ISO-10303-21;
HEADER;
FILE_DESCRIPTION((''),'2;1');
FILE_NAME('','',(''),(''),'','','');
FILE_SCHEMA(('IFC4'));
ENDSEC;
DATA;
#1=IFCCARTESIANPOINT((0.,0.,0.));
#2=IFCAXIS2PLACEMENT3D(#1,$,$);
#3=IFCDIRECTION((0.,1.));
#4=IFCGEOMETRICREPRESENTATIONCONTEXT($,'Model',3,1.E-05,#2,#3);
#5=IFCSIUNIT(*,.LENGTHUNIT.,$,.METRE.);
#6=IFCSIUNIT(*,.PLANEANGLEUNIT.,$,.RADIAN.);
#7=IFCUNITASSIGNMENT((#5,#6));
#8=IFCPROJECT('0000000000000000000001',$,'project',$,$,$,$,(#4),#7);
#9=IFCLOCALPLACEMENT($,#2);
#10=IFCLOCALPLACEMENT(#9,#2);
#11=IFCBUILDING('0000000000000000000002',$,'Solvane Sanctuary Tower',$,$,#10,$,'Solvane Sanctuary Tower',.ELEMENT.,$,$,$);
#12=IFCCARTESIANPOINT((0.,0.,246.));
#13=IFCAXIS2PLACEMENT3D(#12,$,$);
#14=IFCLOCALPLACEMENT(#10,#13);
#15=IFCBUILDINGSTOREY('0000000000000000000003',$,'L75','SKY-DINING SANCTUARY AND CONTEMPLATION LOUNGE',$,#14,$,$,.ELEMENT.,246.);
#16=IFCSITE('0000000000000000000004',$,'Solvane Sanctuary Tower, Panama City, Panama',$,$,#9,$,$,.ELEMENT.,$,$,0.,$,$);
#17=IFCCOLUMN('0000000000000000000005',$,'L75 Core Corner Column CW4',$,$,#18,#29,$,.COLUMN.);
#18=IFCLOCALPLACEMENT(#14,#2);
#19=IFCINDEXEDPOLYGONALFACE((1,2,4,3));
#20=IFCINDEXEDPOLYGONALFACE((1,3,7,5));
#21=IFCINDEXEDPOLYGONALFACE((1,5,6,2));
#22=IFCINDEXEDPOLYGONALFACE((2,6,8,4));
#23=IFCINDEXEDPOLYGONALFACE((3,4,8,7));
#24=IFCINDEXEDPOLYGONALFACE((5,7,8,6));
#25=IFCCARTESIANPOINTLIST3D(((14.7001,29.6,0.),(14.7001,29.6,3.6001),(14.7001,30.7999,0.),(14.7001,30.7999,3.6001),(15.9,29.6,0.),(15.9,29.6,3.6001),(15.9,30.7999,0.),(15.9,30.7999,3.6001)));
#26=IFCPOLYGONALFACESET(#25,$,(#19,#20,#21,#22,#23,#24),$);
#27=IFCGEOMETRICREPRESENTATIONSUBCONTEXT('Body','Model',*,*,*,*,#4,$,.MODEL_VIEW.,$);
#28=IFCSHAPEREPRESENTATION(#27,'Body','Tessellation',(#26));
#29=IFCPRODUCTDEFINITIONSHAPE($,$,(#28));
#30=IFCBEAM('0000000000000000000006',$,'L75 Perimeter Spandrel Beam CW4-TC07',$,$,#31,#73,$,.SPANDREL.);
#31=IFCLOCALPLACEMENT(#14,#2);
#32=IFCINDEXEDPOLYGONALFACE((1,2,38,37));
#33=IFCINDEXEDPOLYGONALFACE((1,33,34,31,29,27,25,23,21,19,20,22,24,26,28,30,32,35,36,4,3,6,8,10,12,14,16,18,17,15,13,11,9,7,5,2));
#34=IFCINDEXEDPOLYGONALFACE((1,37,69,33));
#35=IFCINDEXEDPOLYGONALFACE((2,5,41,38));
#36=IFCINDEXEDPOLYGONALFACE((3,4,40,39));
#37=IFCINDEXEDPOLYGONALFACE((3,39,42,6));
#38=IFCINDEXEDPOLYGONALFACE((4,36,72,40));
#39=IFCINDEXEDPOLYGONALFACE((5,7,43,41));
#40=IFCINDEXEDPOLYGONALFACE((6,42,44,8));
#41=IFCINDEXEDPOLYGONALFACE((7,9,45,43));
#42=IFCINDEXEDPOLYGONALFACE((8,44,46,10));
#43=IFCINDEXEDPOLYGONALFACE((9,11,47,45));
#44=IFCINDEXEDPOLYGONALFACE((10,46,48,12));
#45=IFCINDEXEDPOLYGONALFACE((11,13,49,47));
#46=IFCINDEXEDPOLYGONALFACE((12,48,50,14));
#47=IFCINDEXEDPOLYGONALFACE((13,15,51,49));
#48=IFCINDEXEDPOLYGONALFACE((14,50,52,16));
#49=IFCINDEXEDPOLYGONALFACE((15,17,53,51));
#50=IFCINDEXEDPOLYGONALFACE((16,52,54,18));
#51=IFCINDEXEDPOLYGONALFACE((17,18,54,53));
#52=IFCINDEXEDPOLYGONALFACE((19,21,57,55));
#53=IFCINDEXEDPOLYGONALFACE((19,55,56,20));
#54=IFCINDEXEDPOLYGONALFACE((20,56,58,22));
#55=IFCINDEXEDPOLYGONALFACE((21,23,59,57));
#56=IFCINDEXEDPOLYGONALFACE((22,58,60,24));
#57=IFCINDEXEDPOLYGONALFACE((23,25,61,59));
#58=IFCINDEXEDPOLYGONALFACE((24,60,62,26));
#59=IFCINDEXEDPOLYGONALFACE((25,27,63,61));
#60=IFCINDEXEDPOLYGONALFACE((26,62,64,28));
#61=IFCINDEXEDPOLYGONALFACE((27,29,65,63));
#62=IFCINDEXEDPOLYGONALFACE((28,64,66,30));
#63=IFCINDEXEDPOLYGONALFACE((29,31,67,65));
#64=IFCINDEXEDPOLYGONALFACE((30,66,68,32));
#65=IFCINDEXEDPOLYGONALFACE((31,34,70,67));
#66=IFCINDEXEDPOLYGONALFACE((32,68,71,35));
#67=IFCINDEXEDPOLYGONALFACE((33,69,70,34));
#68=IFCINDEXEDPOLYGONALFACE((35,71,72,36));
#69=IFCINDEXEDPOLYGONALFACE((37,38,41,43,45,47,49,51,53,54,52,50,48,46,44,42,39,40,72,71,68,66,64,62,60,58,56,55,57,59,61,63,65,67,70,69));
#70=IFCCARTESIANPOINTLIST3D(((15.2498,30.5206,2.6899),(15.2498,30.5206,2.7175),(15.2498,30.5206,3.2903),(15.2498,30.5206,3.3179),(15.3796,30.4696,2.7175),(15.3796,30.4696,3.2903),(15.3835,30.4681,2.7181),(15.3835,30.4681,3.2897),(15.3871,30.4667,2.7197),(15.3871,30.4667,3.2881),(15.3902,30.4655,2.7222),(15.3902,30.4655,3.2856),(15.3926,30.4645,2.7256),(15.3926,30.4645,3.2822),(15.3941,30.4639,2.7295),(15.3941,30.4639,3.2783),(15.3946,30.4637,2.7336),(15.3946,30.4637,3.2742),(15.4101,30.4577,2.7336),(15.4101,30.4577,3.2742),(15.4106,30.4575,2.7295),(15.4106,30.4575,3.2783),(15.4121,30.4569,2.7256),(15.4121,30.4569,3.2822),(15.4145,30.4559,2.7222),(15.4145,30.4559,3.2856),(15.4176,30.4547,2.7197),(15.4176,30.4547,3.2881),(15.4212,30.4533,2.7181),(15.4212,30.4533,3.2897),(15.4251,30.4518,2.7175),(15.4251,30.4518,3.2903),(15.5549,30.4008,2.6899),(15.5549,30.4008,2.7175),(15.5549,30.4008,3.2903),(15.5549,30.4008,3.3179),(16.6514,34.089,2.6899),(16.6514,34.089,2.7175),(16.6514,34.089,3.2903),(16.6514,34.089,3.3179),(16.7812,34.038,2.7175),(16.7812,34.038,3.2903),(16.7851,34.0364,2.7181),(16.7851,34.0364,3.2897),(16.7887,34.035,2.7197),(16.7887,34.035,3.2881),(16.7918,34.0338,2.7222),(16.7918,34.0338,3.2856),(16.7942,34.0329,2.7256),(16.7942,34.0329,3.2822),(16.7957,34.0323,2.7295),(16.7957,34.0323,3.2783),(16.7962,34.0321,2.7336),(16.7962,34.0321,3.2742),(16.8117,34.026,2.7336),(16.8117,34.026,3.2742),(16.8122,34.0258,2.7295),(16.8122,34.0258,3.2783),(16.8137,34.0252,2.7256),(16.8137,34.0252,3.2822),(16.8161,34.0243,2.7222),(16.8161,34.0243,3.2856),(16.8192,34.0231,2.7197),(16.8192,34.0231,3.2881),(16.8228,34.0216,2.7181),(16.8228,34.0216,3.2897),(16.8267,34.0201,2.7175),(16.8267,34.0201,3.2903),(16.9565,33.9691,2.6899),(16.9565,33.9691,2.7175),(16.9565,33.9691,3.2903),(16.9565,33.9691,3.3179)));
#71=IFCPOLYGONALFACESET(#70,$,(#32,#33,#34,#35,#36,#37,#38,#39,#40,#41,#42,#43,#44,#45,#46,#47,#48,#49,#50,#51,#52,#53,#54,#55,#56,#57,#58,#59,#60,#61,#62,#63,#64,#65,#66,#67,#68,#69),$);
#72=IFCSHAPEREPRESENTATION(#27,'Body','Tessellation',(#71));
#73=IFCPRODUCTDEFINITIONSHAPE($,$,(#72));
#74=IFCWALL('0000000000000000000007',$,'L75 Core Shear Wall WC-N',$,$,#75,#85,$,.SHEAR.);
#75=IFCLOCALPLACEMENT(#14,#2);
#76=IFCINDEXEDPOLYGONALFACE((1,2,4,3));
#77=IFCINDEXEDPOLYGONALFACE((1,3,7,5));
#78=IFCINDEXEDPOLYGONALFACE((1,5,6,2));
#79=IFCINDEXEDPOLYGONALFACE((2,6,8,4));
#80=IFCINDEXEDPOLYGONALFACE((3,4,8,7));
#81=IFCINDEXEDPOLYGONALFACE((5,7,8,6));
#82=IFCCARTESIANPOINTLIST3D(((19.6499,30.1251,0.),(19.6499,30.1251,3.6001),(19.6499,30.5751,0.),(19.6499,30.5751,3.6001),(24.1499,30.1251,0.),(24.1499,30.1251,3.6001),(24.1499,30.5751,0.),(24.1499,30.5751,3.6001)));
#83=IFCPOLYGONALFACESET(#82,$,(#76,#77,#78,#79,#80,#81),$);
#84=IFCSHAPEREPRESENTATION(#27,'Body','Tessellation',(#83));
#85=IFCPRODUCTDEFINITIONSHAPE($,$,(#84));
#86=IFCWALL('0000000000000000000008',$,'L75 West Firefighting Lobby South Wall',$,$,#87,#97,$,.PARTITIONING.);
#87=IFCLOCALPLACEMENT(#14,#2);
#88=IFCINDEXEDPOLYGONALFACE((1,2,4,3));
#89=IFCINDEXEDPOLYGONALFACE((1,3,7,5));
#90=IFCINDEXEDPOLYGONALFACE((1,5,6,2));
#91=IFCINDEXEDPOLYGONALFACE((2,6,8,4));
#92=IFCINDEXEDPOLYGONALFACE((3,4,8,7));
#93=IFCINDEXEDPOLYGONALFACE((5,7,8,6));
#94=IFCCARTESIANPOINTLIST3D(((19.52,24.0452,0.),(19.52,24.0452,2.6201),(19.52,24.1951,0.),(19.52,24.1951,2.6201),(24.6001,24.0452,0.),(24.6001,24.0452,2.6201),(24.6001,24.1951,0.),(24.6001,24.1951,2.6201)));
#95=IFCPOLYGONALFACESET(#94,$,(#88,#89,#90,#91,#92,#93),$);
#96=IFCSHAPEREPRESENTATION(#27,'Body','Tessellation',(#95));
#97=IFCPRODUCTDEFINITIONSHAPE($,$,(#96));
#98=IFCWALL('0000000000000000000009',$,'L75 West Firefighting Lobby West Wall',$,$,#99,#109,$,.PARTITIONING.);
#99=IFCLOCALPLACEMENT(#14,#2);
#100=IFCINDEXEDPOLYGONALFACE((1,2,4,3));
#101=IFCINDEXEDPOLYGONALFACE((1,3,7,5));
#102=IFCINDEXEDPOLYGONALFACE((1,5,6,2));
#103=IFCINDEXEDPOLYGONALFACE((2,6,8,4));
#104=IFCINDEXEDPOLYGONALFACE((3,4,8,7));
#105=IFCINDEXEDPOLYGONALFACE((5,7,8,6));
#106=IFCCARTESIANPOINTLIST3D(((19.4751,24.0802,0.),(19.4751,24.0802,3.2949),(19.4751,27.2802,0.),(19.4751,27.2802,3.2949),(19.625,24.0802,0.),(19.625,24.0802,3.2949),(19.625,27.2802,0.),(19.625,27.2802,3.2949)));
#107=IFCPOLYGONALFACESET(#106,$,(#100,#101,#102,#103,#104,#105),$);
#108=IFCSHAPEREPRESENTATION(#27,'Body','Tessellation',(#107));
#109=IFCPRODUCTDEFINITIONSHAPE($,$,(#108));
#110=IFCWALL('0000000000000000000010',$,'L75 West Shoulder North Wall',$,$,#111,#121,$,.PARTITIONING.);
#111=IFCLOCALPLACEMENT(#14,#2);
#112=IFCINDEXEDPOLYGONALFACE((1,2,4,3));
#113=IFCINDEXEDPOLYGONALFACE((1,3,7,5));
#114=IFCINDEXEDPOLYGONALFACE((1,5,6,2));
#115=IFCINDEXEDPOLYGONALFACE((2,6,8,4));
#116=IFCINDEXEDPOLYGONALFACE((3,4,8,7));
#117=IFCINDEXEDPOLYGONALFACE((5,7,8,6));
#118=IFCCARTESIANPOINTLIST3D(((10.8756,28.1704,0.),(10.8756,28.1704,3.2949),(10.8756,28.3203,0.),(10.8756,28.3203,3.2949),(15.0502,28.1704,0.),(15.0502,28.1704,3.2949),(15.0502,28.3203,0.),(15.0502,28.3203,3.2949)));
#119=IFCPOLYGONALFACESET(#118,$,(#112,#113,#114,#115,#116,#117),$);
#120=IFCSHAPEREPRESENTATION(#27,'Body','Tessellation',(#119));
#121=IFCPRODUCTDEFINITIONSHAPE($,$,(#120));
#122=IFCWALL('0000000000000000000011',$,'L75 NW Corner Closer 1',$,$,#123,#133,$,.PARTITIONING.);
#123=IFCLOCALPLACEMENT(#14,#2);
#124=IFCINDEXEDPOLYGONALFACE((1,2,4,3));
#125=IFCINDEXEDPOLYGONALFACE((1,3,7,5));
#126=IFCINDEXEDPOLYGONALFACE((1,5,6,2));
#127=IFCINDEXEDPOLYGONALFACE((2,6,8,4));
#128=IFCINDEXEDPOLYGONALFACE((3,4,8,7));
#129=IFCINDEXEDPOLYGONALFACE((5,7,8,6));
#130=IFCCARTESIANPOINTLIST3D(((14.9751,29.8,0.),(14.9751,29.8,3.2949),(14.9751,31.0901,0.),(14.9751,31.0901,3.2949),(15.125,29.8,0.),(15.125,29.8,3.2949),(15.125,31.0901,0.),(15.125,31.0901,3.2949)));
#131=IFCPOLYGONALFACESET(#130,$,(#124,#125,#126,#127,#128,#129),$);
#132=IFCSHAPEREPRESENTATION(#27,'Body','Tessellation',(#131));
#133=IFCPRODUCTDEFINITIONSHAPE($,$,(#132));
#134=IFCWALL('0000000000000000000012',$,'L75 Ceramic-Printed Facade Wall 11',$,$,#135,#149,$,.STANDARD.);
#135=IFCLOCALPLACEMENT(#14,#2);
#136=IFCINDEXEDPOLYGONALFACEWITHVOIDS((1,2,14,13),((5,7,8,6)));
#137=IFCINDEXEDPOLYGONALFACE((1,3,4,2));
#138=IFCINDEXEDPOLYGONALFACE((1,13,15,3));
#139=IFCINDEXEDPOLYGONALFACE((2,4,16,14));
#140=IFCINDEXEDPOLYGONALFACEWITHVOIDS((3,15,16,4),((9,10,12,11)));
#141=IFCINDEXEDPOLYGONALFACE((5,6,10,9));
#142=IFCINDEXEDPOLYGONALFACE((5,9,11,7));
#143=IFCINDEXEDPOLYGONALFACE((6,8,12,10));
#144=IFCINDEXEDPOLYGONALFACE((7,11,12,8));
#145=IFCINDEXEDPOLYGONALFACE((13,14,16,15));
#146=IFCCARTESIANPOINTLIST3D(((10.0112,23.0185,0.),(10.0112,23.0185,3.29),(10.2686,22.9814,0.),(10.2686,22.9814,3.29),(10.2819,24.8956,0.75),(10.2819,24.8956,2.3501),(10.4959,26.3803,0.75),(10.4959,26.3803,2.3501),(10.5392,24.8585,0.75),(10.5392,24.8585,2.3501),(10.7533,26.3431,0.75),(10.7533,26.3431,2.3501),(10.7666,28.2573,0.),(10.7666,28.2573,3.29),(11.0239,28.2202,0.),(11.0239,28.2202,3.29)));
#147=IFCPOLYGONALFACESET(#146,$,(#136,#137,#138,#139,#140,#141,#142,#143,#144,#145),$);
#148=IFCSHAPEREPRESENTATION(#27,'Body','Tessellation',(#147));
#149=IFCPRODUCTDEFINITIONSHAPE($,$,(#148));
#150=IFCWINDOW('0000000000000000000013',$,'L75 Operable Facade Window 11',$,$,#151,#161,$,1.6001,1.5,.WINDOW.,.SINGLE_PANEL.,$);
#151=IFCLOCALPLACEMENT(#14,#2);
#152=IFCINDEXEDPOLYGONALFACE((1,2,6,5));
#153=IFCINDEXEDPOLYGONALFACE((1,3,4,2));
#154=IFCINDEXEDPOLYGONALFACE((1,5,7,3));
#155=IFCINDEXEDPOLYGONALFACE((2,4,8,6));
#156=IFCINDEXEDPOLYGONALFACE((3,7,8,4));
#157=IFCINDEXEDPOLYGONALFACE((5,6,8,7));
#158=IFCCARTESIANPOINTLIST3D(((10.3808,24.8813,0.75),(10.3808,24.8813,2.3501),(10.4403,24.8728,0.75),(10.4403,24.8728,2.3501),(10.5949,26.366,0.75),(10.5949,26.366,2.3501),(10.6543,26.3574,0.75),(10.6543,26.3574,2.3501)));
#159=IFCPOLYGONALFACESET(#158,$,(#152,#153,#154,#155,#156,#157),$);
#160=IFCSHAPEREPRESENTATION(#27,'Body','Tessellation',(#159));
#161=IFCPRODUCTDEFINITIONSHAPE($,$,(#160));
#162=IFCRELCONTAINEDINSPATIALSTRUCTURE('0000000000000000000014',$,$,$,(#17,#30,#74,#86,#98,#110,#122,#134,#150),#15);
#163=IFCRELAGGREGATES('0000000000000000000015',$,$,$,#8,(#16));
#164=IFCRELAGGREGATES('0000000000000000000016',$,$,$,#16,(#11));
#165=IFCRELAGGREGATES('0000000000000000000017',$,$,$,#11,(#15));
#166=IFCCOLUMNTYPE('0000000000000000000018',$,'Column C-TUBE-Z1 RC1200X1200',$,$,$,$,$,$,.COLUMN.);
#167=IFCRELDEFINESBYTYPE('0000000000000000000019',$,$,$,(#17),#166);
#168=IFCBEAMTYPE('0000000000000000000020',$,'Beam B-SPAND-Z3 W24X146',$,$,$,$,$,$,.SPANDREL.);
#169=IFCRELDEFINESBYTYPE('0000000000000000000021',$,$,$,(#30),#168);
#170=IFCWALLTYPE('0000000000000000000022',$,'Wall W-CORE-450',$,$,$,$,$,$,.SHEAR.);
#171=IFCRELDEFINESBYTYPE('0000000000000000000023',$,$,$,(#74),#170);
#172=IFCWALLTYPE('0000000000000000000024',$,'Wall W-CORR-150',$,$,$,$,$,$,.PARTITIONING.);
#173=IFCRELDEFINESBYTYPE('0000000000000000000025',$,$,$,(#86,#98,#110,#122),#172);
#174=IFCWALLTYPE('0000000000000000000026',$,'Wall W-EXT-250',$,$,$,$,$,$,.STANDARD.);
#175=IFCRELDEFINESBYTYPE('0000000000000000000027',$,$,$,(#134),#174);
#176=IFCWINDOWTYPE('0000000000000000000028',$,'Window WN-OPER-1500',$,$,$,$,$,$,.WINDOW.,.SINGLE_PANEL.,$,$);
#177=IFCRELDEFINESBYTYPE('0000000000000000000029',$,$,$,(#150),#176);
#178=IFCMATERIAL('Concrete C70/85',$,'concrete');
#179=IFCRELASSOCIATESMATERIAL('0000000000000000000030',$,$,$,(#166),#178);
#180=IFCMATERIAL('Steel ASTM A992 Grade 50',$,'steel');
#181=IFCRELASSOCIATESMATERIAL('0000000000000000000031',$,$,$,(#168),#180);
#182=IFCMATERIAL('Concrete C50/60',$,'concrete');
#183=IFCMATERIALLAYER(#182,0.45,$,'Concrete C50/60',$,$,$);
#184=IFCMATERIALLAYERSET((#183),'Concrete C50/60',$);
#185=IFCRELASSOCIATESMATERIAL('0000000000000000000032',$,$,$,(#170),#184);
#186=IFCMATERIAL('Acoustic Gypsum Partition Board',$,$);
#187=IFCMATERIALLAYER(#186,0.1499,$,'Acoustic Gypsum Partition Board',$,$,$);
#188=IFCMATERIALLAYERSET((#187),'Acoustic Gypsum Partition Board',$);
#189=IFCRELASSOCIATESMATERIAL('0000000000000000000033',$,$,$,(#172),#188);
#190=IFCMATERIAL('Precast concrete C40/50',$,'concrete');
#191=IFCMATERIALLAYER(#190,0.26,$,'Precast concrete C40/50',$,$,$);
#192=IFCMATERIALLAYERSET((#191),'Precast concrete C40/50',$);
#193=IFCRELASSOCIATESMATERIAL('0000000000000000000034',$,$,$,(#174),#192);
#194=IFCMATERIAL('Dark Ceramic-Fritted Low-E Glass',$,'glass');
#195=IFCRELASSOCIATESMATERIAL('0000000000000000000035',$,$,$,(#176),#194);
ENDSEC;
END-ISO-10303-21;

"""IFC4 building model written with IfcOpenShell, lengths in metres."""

from ifc_helpers import new_model, si_unit, direction, frame, frame_2d, origin, origin_2d, place, context, subcontext, project, spatial, rectangle, i_section, extrude, material, layer, layer_set, material_profile, profile_set, type_object, element, fill, save


model = new_model("IFC4")

# Units and contexts
model_context = context("Model", 3, precision=1e-05, world=origin(), true_north=direction((0.0, 1.0)))
body_context = subcontext(model_context, "Body", "Model", "MODEL_VIEW")
ifc_project = project(units=[si_unit("LENGTHUNIT", "METRE"), si_unit("PLANEANGLEUNIT", "RADIAN")], contexts=[model_context])

# Site, building, storey
site_placement = place(None, origin())
site = spatial("IfcSite", under=ifc_project, at=site_placement, Name="Solvane Sanctuary Tower, Panama City, Panama", CompositionType="ELEMENT", RefElevation=0.0)
building_placement = place(site_placement, origin())
building = spatial("IfcBuilding", under=site, at=building_placement, Name="Solvane Sanctuary Tower", LongName="Solvane Sanctuary Tower", CompositionType="ELEMENT")
storey_placement = place(building_placement, frame((0.0, 0.0, 246.0)))
storey = spatial("IfcBuildingStorey", under=building, at=storey_placement, Name="L75", Description="SKY-DINING SANCTUARY AND CONTEMPLATION LOUNGE", CompositionType="ELEMENT", Elevation=246.0)

# Column
ifc_material_1 = material(Name="Concrete C70/85", Category="concrete")
ifc_material_profile_1 = material_profile(ifc_material_1, rectangle(XDim=1.2, YDim=1.2, at=origin_2d()), Name="RC1200X1200")
ifc_profile_set_1 = profile_set([ifc_material_profile_1], Name="Concrete C70/85")
column_type = type_object("IfcColumnType", Name="Column C-TUBE-Z1 RC1200X1200", PredefinedType="COLUMN", material=ifc_profile_set_1)
column_placement = place(storey_placement, frame((15.3, 30.2, 0.0), z_axis=(0.0, 0.0, 1.0), x_axis=(1.0, 0.0, 0.0)))
element("IfcColumn", 1, at=column_placement, inside=storey, type_object=column_type, Name="L75 Core Corner Column CW4", PredefinedType="COLUMN", context=body_context, shape_type="SweptSolid", body=[
    extrude(rectangle(XDim=1.2, YDim=1.2, at=origin_2d()), origin(), (0.0, 0.0, 1.0), 3.6001),
])

# Beam
ifc_material_2 = material(Name="Steel ASTM A992 Grade 50", Category="steel")
ifc_material_profile_2 = material_profile(ifc_material_2, i_section(OverallWidth=0.3279, OverallDepth=0.6279, WebThickness=0.0166, FlangeThickness=0.0276, FilletRadius=0.0161, at=origin_2d()), Name="W24X146")
ifc_profile_set_2 = profile_set([ifc_material_profile_2], Name="Steel ASTM A992 Grade 50")
beam_type = type_object("IfcBeamType", Name="Beam B-SPAND-Z3 W24X146", PredefinedType="SPANDREL", material=ifc_profile_set_2)
beam_placement = place(storey_placement, frame((15.4023, 30.4607, 3.0039), z_axis=(0.365597, 0.930773, 0.0), x_axis=(-0.930773, 0.365597, 0.0)))
element("IfcBeam", 2, at=beam_placement, inside=storey, type_object=beam_type, Name="L75 Perimeter Spandrel Beam CW4-TC07", PredefinedType="SPANDREL", context=body_context, shape_type="SweptSolid", body=[
    extrude(i_section(OverallWidth=0.3279, OverallDepth=0.6279, WebThickness=0.0166, FlangeThickness=0.0276, FilletRadius=0.0161, at=origin_2d()), origin(), (0.0, 0.0, 1.0), 3.8337),
])

# Walls
ifc_material_3 = material(Name="Concrete C50/60", Category="concrete")
ifc_layer_1 = layer(ifc_material_3, 0.45, Name="Concrete C50/60")
ifc_layer_set_1 = layer_set([ifc_layer_1], Name="Concrete C50/60")
wall_type_1 = type_object("IfcWallType", Name="Wall W-CORE-450", PredefinedType="SHEAR", material=ifc_layer_set_1)
wall_1_placement = place(storey_placement, frame((19.6499, 30.3501, 0.0), z_axis=(0.0, 0.0, 1.0), x_axis=(1.0, 0.0, 0.0)))
element("IfcWall", 3, at=wall_1_placement, inside=storey, type_object=wall_type_1, Name="L75 Core Shear Wall WC-N", PredefinedType="SHEAR", context=body_context, shape_type="SweptSolid", body=[
    extrude(rectangle(XDim=4.5, YDim=0.45, at=frame_2d((2.25, 0.0))), origin(), (0.0, 0.0, 1.0), 3.6001),
])
ifc_material_4 = material(Name="Acoustic Gypsum Partition Board")
ifc_layer_2 = layer(ifc_material_4, 0.1499, Name="Acoustic Gypsum Partition Board")
ifc_layer_set_2 = layer_set([ifc_layer_2], Name="Acoustic Gypsum Partition Board")
wall_type_2 = type_object("IfcWallType", Name="Wall W-CORR-150", PredefinedType="PARTITIONING", material=ifc_layer_set_2)
wall_2_placement = place(storey_placement, frame((19.52, 24.1201, 0.0), z_axis=(0.0, 0.0, 1.0), x_axis=(1.0, 0.0, 0.0)))
element("IfcWall", 4, at=wall_2_placement, inside=storey, type_object=wall_type_2, Name="L75 West Firefighting Lobby South Wall", PredefinedType="PARTITIONING", context=body_context, shape_type="SweptSolid", body=[
    extrude(rectangle(XDim=5.0801, YDim=0.1499, at=frame_2d((2.54, 0.0))), origin(), (0.0, 0.0, 1.0), 2.6201),
])
wall_3_placement = place(storey_placement, frame((19.55, 24.0801, 0.0), z_axis=(0.0, 0.0, 1.0), x_axis=(0.0, 1.0, 0.0)))
element("IfcWall", 5, at=wall_3_placement, inside=storey, type_object=wall_type_2, Name="L75 West Firefighting Lobby West Wall", PredefinedType="PARTITIONING", context=body_context, shape_type="SweptSolid", body=[
    extrude(rectangle(XDim=3.2, YDim=0.1499, at=frame_2d((1.6001, 0.0))), origin(), (0.0, 0.0, 1.0), 3.2949),
])
wall_4_placement = place(storey_placement, frame((10.8755, 28.2454, 0.0), z_axis=(0.0, 0.0, 1.0), x_axis=(1.0, 0.0, 0.0)))
element("IfcWall", 6, at=wall_4_placement, inside=storey, type_object=wall_type_2, Name="L75 West Shoulder North Wall", PredefinedType="PARTITIONING", context=body_context, shape_type="SweptSolid", body=[
    extrude(rectangle(XDim=4.1746, YDim=0.1499, at=frame_2d((2.0874, 0.0))), origin(), (0.0, 0.0, 1.0), 3.2949),
])
wall_5_placement = place(storey_placement, frame((15.05, 29.8, 0.0), z_axis=(0.0, 0.0, 1.0), x_axis=(0.0, 1.0, 0.0)))
element("IfcWall", 7, at=wall_5_placement, inside=storey, type_object=wall_type_2, Name="L75 NW Corner Closer 1", PredefinedType="PARTITIONING", context=body_context, shape_type="SweptSolid", body=[
    extrude(rectangle(XDim=1.29, YDim=0.1499, at=frame_2d((0.645, 0.0))), origin(), (0.0, 0.0, 1.0), 3.2949),
])

# Wall, opening, window
ifc_material_5 = material(Name="Precast concrete C40/50", Category="concrete")
ifc_layer_3 = layer(ifc_material_5, 0.26, Name="Precast concrete C40/50")
ifc_layer_set_3 = layer_set([ifc_layer_3], Name="Precast concrete C40/50")
wall_type_3 = type_object("IfcWallType", Name="Wall W-EXT-250", PredefinedType="STANDARD", material=ifc_layer_set_3)
wall_6_placement = place(storey_placement, frame((10.8953, 28.2388, 0.0), z_axis=(0.0, 0.0, 1.0), x_axis=(-0.142713, -0.989764, 0.0)))
wall_6 = element("IfcWall", 8, at=wall_6_placement, inside=storey, type_object=wall_type_3, Name="L75 Ceramic-Printed Facade Wall 11", PredefinedType="STANDARD", context=body_context, shape_type="SweptSolid", body=[
    extrude(rectangle(XDim=5.293, YDim=0.26, at=frame_2d((2.6465, 0.0))), origin(), (0.0, 0.0, 1.0), 3.29),
])
opening_1_placement = place(wall_6_placement, frame((1.8965, 0.0, 0.75)))
opening_1 = element("IfcOpeningElement", 9, at=opening_1_placement, cuts=wall_6, PredefinedType="OPENING", context=body_context, shape_type="SweptSolid", body=[
    extrude(rectangle(XDim=1.5, YDim=1.6001, at=frame_2d((0.75, 0.8))), frame((0.0, 0.1399, 0.0), z_axis=(0.0, -1.0, 0.0), x_axis=(1.0, 0.0, 0.0)), (0.0, 0.0, 1.0), 0.28),
])
ifc_material_6 = material(Name="Dark Ceramic-Fritted Low-E Glass", Category="glass")
window_type_1 = type_object("IfcWindowType", Name="Window WN-OPER-1500", PartitioningType="SINGLE_PANEL", PredefinedType="WINDOW", material=ifc_material_6)
window_1_placement = place(opening_1_placement, origin())
window_1 = element("IfcWindow", 10, at=window_1_placement, inside=storey, type_object=window_type_1, Name="L75 Operable Facade Window 11", OverallHeight=1.6001, OverallWidth=1.5, PartitioningType="SINGLE_PANEL", PredefinedType="WINDOW", context=body_context, shape_type="SweptSolid", body=[
    extrude(rectangle(XDim=1.5, YDim=1.6001, at=frame_2d((0.75, 0.8))), frame((0.0, 0.03, 0.0), z_axis=(0.0, -1.0, 0.0), x_axis=(1.0, 0.0, 0.0)), (0.0, 0.0, 1.0), 0.0601),
])
fill(opening_1, window_1)

save(model, "model.ifc")
